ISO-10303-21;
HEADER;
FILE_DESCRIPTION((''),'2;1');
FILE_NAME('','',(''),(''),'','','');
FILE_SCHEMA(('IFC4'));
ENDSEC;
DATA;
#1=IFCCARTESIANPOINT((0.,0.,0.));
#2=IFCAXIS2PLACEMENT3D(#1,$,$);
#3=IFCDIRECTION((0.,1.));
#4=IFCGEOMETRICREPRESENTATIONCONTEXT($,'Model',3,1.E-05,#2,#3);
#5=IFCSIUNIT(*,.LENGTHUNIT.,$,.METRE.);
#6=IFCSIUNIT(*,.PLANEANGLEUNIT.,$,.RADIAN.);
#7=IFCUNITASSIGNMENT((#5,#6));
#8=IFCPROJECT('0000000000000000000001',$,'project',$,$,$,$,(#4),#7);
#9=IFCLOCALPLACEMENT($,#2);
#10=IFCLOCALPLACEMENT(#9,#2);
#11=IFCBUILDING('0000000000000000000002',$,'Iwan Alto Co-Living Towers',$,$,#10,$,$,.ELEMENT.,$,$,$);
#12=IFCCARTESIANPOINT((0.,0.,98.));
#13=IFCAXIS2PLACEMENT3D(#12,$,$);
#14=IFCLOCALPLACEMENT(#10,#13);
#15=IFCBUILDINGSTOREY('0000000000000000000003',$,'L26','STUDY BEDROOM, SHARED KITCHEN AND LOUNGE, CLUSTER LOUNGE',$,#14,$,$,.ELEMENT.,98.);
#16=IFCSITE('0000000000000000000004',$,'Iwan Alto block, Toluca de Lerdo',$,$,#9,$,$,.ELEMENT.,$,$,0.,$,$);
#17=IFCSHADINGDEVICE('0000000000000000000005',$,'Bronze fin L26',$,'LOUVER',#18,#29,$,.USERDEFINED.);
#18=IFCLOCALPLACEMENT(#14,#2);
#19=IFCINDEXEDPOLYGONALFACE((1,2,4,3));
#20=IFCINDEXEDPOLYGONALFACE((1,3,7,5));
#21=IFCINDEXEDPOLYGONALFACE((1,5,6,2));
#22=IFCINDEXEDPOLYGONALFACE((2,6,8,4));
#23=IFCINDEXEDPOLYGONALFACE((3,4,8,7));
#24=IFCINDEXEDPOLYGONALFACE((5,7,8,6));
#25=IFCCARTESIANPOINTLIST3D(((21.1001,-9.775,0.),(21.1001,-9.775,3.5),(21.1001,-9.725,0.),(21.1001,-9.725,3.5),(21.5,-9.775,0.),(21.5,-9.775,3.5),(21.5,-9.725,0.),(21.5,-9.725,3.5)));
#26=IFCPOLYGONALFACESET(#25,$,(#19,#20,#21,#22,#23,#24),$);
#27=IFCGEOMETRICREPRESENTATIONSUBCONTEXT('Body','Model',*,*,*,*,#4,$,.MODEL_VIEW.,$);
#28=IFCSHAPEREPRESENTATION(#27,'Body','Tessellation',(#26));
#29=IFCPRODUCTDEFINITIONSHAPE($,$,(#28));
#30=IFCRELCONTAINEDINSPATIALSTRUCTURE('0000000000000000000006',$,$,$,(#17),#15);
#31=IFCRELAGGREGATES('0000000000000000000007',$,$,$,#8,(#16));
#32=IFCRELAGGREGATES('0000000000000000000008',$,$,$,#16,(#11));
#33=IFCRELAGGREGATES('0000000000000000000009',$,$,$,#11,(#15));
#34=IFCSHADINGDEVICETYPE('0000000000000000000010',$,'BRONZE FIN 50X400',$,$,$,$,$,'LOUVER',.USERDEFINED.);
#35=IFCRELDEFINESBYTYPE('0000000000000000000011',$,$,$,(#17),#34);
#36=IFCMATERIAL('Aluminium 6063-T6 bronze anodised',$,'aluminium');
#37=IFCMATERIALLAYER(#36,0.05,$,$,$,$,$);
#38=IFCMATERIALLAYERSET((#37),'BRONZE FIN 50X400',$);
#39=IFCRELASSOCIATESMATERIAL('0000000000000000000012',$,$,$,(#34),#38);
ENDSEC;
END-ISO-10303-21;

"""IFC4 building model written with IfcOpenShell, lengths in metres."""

from ifc_helpers import new_model, si_unit, direction, frame, origin, origin_2d, place, context, subcontext, project, spatial, rectangle, extrude, material, layer, layer_set, type_object, element, save


model = new_model("IFC4")

# Units and contexts
model_context = context("Model", 3, precision=1e-05, world=origin(), true_north=direction((0.0, 1.0)))
body_context = subcontext(model_context, "Body", "Model", "MODEL_VIEW")
ifc_project = project(units=[si_unit("LENGTHUNIT", "METRE"), si_unit("PLANEANGLEUNIT", "RADIAN")], contexts=[model_context])

# Site, building, storey
site_placement = place(None, origin())
site = spatial("IfcSite", under=ifc_project, at=site_placement, Name="Iwan Alto block, Toluca de Lerdo", CompositionType="ELEMENT", RefElevation=0.0)
building_placement = place(site_placement, origin())
building = spatial("IfcBuilding", under=site, at=building_placement, Name="Iwan Alto Co-Living Towers", CompositionType="ELEMENT")
storey_placement = place(building_placement, frame((0.0, 0.0, 98.0)))
storey = spatial("IfcBuildingStorey", under=building, at=storey_placement, Name="L26", Description="STUDY BEDROOM, SHARED KITCHEN AND LOUNGE, CLUSTER LOUNGE", CompositionType="ELEMENT", Elevation=98.0)

# Shading device
ifc_material_1 = material(Name="Aluminium 6063-T6 bronze anodised", Category="aluminium")
ifc_layer_1 = layer(ifc_material_1, 0.05)
ifc_layer_set_1 = layer_set([ifc_layer_1], Name="BRONZE FIN 50X400")
shading_device_type = type_object("IfcShadingDeviceType", Name="BRONZE FIN 50X400", ElementType="LOUVER", PredefinedType="USERDEFINED", material=ifc_layer_set_1)
shading_device_placement = place(storey_placement, frame((21.3, -9.75, 0.0), z_axis=(0.0, 0.0, 1.0), x_axis=(0.0, 1.0, 0.0)))
element("IfcShadingDevice", 1, at=shading_device_placement, inside=storey, type_object=shading_device_type, Name="Bronze fin L26", ObjectType="LOUVER", PredefinedType="USERDEFINED", context=body_context, shape_type="SweptSolid", body=[
    extrude(rectangle(XDim=0.05, YDim=0.3999, at=origin_2d()), origin(), (0.0, 0.0, 1.0), 3.5),
])

save(model, "model.ifc")
